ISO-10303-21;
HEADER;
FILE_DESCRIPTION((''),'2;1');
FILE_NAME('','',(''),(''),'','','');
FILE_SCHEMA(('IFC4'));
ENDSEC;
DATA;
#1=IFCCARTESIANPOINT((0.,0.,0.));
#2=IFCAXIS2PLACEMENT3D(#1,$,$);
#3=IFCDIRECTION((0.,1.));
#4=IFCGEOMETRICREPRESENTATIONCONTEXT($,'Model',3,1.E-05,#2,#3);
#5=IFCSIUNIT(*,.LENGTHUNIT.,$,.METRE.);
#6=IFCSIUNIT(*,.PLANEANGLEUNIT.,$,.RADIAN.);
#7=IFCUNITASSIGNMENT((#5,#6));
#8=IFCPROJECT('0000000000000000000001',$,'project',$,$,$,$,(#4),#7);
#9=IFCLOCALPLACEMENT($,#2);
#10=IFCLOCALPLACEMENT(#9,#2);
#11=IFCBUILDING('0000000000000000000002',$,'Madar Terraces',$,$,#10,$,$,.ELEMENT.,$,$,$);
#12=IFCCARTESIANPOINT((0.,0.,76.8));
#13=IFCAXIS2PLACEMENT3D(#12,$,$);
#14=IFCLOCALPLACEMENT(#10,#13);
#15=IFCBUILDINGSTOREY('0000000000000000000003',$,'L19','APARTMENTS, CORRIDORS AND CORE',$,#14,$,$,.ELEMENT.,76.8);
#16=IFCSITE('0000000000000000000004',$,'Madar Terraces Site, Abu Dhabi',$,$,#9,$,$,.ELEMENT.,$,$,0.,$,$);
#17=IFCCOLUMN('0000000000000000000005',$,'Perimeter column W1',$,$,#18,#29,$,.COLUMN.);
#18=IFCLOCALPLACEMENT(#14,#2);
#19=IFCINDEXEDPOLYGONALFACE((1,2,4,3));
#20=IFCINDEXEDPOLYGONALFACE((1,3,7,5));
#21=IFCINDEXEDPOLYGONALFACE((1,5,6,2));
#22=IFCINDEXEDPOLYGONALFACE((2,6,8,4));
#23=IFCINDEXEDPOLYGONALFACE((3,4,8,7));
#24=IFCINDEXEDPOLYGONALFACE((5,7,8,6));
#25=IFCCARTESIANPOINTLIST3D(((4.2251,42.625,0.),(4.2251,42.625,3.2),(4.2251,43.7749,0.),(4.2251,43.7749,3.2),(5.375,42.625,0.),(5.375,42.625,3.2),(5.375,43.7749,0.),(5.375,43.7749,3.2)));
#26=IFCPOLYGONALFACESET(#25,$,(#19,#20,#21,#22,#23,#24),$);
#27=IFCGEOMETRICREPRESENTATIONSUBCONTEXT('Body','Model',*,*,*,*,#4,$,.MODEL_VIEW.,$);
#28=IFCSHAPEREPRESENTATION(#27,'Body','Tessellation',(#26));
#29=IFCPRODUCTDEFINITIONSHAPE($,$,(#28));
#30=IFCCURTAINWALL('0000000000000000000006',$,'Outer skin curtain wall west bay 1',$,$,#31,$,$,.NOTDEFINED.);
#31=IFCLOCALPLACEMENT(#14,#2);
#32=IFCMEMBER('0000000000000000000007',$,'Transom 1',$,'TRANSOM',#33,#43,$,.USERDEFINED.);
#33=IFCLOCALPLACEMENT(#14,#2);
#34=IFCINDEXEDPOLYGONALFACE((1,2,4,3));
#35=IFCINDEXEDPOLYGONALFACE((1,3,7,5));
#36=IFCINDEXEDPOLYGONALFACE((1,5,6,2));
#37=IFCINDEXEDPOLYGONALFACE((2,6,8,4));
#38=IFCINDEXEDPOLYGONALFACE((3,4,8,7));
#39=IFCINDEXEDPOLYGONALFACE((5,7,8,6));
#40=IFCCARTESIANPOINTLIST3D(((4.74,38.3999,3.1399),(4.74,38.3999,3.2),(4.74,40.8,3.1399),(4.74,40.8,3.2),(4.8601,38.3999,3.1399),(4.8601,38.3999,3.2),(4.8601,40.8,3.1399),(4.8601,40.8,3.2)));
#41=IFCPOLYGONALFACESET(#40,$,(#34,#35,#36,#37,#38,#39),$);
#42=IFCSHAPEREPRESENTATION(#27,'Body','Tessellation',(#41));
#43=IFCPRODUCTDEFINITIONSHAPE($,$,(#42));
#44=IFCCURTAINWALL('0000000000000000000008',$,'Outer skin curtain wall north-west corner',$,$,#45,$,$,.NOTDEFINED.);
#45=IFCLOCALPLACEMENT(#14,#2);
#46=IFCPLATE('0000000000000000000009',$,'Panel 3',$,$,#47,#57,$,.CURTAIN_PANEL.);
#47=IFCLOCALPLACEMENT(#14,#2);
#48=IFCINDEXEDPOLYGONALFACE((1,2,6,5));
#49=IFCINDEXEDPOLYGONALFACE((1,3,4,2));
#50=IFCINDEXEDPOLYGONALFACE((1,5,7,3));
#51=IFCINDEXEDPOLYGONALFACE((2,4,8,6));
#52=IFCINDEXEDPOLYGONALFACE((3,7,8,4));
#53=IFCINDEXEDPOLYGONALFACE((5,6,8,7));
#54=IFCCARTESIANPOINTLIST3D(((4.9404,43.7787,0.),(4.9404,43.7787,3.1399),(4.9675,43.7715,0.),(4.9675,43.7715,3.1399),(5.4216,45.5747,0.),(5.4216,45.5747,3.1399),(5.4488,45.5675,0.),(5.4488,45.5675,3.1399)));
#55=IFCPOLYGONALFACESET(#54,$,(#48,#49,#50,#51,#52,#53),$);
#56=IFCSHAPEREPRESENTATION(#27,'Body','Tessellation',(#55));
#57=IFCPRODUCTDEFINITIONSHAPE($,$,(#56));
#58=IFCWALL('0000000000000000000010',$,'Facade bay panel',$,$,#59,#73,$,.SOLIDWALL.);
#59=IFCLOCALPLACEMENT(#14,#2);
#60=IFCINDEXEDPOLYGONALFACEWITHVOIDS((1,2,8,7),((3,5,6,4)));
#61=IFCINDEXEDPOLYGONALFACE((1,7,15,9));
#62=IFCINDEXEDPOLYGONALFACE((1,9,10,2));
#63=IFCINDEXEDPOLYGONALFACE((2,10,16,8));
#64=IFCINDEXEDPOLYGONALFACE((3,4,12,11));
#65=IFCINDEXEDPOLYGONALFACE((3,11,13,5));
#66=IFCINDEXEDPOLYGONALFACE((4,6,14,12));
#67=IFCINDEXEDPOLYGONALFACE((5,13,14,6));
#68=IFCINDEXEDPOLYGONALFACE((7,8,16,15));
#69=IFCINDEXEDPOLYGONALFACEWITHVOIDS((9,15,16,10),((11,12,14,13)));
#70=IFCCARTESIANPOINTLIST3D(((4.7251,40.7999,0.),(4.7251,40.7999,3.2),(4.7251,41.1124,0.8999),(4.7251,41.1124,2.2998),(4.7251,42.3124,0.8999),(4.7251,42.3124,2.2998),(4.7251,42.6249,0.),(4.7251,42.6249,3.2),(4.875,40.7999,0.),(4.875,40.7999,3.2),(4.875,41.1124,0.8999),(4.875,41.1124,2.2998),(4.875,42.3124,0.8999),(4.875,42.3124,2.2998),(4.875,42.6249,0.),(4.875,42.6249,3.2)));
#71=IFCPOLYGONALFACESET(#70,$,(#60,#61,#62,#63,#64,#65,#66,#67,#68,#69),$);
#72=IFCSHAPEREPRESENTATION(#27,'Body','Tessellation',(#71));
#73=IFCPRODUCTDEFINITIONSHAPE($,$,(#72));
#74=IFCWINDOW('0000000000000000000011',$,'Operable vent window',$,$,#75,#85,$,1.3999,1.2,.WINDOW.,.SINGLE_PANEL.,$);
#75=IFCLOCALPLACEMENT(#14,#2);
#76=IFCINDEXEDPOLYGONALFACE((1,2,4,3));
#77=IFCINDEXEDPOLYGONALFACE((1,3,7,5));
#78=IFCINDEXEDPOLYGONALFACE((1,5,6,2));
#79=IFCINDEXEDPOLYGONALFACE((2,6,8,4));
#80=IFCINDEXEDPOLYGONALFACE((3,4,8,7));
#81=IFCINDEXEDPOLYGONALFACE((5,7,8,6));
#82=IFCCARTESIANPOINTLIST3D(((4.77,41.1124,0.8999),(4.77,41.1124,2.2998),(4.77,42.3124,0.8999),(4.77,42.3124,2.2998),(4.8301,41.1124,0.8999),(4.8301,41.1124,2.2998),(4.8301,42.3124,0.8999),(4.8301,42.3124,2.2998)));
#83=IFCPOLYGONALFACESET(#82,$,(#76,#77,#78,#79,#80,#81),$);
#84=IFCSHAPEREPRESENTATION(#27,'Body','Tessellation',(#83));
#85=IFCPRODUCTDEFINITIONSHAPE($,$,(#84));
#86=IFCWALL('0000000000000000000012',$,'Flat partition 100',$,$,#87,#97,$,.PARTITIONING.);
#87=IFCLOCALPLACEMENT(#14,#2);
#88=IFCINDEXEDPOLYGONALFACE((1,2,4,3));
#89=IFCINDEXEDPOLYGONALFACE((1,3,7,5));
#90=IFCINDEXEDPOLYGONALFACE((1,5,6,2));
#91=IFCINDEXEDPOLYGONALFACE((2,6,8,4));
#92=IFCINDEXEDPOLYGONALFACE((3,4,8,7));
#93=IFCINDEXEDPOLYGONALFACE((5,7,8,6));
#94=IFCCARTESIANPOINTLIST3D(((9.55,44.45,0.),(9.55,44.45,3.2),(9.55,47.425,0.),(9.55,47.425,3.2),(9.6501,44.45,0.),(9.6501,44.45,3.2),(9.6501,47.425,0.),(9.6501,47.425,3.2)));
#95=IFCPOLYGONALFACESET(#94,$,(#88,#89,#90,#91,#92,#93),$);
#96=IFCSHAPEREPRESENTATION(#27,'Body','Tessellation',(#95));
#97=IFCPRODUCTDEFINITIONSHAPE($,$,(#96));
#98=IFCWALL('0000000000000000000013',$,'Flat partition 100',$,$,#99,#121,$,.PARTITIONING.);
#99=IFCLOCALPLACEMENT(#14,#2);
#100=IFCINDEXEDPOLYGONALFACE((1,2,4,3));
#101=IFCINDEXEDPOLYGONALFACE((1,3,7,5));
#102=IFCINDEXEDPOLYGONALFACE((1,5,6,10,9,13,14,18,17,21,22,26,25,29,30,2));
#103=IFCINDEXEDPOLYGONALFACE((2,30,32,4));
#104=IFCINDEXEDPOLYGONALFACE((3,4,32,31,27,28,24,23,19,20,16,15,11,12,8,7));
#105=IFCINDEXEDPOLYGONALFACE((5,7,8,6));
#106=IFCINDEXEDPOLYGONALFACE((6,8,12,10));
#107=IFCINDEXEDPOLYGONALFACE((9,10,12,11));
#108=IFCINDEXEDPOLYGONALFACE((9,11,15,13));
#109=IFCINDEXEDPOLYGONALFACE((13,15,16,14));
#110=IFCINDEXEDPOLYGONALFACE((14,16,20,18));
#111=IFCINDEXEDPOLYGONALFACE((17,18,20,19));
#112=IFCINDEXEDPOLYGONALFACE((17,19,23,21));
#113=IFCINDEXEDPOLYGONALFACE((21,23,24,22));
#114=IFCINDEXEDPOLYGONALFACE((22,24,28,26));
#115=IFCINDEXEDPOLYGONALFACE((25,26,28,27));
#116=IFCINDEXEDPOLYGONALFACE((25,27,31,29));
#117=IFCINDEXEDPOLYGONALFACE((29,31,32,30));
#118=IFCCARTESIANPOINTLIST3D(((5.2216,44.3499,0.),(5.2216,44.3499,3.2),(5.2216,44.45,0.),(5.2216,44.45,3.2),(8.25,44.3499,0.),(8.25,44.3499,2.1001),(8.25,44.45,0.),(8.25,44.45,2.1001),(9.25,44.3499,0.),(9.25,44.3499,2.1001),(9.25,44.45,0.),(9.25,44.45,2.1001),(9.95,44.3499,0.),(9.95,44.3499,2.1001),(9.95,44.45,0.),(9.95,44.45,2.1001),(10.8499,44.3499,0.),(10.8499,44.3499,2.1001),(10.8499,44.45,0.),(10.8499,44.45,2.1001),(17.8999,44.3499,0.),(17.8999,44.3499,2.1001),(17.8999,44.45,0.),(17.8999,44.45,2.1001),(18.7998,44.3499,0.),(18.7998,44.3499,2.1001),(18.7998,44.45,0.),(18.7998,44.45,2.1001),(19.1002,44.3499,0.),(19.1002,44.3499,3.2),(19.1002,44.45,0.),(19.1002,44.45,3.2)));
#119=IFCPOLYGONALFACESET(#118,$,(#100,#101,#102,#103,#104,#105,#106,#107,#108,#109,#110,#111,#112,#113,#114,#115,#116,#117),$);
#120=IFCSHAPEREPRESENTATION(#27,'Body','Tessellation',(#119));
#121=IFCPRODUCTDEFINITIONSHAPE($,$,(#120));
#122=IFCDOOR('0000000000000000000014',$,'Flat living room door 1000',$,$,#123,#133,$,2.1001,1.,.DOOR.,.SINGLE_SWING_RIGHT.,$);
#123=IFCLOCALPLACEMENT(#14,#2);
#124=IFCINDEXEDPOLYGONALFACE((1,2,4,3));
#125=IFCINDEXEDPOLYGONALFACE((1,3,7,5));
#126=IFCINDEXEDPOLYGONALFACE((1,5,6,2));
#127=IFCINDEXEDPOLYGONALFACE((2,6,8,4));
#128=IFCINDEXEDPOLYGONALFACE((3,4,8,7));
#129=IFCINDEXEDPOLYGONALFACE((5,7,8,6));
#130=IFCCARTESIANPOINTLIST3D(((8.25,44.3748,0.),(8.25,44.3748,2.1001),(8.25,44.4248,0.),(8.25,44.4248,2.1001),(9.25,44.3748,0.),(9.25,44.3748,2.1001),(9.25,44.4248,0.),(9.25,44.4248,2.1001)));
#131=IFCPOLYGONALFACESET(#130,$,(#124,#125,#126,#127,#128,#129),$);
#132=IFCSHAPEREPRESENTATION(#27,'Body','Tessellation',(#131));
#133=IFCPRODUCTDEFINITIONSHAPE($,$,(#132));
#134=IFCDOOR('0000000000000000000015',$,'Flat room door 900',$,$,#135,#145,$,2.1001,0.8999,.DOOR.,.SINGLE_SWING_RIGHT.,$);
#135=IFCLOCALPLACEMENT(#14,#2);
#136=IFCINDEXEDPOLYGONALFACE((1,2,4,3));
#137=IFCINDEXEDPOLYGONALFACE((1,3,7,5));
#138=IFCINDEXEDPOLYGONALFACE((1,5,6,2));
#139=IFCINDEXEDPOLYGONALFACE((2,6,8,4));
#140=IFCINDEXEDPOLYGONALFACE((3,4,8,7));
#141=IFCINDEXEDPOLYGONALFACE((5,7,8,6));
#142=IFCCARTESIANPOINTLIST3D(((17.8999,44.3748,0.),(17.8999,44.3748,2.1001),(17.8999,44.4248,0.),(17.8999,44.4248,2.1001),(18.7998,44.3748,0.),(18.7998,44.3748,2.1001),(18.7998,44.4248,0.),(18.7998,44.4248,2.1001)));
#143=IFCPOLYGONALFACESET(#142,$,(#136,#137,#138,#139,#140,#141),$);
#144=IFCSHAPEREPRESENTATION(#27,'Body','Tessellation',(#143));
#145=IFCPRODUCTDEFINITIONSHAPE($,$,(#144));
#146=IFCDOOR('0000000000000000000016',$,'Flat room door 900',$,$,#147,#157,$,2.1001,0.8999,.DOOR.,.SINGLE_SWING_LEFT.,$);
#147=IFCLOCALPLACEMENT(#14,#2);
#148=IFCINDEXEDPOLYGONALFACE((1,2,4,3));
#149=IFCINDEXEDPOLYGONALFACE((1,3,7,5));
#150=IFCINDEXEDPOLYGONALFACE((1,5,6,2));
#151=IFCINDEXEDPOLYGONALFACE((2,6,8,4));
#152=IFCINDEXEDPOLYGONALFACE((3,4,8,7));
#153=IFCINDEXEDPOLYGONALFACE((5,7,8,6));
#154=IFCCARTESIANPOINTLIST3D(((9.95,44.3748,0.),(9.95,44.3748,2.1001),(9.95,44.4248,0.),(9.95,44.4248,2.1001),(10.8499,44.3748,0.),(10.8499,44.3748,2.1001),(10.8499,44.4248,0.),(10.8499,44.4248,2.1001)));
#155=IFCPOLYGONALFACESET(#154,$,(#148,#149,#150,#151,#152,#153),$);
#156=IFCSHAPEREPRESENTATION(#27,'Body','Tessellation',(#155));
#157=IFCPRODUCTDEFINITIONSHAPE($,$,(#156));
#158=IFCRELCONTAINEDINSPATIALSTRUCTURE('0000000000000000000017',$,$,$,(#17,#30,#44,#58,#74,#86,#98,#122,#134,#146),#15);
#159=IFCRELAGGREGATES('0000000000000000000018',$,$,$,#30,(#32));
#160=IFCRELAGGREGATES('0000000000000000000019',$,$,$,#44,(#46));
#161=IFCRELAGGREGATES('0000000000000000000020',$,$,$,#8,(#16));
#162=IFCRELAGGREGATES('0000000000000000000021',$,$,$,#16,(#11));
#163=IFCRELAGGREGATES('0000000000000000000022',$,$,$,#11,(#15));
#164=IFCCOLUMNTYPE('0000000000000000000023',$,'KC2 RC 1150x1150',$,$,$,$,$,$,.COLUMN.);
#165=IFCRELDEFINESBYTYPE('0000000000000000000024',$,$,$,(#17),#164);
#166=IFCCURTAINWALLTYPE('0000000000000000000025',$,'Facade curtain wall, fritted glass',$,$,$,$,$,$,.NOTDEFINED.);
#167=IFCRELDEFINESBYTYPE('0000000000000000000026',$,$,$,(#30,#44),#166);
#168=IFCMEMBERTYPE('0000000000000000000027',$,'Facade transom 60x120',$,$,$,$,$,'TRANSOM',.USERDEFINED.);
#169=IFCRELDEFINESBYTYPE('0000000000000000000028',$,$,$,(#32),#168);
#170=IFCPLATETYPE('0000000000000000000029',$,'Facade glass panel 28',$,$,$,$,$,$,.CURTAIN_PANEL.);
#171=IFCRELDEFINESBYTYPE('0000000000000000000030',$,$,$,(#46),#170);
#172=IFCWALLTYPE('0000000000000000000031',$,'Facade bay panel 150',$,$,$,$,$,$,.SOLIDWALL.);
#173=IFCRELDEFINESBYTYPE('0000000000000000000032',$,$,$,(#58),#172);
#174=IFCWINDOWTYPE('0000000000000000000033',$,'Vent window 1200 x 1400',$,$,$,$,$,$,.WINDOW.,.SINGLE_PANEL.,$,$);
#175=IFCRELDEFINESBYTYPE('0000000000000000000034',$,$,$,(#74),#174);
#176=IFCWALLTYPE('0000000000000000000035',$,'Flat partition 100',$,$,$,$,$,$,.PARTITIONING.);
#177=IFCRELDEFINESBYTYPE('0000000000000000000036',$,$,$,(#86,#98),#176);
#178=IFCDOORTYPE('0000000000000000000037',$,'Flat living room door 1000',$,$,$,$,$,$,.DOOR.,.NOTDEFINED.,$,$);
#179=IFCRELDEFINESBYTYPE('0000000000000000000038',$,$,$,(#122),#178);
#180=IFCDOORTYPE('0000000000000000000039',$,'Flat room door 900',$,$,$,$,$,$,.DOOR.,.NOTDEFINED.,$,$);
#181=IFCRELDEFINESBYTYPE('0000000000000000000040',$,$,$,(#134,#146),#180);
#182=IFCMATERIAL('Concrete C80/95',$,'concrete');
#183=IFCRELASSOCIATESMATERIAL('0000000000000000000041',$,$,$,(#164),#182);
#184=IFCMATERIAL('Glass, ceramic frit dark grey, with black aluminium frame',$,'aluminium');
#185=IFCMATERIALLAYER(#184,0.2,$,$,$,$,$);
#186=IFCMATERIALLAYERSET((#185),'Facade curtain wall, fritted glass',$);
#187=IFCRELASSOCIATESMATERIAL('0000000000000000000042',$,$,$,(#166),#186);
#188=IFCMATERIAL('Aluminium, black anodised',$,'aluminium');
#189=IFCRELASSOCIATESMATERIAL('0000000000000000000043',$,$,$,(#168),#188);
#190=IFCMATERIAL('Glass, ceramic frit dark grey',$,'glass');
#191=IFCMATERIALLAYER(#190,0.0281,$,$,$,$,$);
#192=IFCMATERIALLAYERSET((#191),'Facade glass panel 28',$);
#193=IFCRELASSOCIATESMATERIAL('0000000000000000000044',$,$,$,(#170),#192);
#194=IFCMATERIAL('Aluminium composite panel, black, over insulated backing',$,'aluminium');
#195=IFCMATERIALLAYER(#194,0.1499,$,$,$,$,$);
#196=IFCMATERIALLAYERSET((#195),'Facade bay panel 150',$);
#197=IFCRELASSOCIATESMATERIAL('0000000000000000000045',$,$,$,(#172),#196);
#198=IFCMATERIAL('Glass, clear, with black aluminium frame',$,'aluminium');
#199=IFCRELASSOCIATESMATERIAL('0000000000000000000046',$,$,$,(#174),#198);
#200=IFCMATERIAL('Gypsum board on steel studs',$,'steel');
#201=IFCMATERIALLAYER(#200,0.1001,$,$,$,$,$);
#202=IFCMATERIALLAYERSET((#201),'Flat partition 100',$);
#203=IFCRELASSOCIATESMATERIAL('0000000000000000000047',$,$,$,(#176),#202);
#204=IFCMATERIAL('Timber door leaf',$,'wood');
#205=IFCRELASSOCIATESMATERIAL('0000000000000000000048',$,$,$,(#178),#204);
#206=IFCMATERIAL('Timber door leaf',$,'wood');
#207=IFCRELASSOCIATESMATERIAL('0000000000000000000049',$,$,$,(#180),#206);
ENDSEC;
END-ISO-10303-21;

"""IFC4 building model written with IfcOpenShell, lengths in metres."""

from ifc_helpers import new_model, si_unit, direction, frame, frame_2d, origin, origin_2d, place, context, subcontext, project, spatial, rectangle, extrude, material, layer, layer_set, material_profile, profile_set, type_object, element, fill, aggregate, save


model = new_model("IFC4")

# Units and contexts
model_context = context("Model", 3, precision=1e-05, world=origin(), true_north=direction((0.0, 1.0)))
body_context = subcontext(model_context, "Body", "Model", "MODEL_VIEW")
ifc_project = project(units=[si_unit("LENGTHUNIT", "METRE"), si_unit("PLANEANGLEUNIT", "RADIAN")], contexts=[model_context])

# Site, building, storey
site_placement = place(None, origin())
site = spatial("IfcSite", under=ifc_project, at=site_placement, Name="Madar Terraces Site, Abu Dhabi", CompositionType="ELEMENT", RefElevation=0.0)
building_placement = place(site_placement, origin())
building = spatial("IfcBuilding", under=site, at=building_placement, Name="Madar Terraces", CompositionType="ELEMENT")
storey_placement = place(building_placement, frame((0.0, 0.0, 76.8)))
storey = spatial("IfcBuildingStorey", under=building, at=storey_placement, Name="L19", Description="APARTMENTS, CORRIDORS AND CORE", CompositionType="ELEMENT", Elevation=76.8)

# Column
ifc_material_1 = material(Name="Concrete C80/95", Category="concrete")
ifc_material_profile_1 = material_profile(ifc_material_1, rectangle(XDim=1.1499, YDim=1.1499, at=origin_2d()), Name="KC2 RC 1150x1150")
ifc_profile_set_1 = profile_set([ifc_material_profile_1], Name="Concrete C80/95")
column_type = type_object("IfcColumnType", Name="KC2 RC 1150x1150", PredefinedType="COLUMN", material=ifc_profile_set_1)
column_placement = place(storey_placement, frame((4.8, 43.2, 0.0), z_axis=(0.0, 0.0, 1.0), x_axis=(1.0, 0.0, 0.0)))
element("IfcColumn", 1, at=column_placement, inside=storey, type_object=column_type, Name="Perimeter column W1", PredefinedType="COLUMN", context=body_context, shape_type="SweptSolid", body=[
    extrude(rectangle(XDim=1.1499, YDim=1.1499, at=origin_2d()), origin(), (0.0, 0.0, 1.0), 3.2),
])

# Curtain wall, member
ifc_material_2 = material(Name="Glass, ceramic frit dark grey, with black aluminium frame", Category="aluminium")
ifc_layer_1 = layer(ifc_material_2, 0.2)
ifc_layer_set_1 = layer_set([ifc_layer_1], Name="Facade curtain wall, fritted glass")
curtain_wall_type = type_object("IfcCurtainWallType", Name="Facade curtain wall, fritted glass", PredefinedType="NOTDEFINED", material=ifc_layer_set_1)
curtain_wall_1_placement = place(storey_placement, origin())
curtain_wall_1 = element("IfcCurtainWall", 2, at=curtain_wall_1_placement, inside=storey, type_object=curtain_wall_type, Name="Outer skin curtain wall west bay 1", PredefinedType="NOTDEFINED")
ifc_material_3 = material(Name="Aluminium, black anodised", Category="aluminium")
ifc_material_profile_2 = material_profile(ifc_material_3, rectangle(XDim=0.1201, YDim=0.0601, at=origin_2d()), Name="Facade transom 60x120")
ifc_profile_set_2 = profile_set([ifc_material_profile_2], Name="Aluminium, black anodised")
member_type = type_object("IfcMemberType", Name="Facade transom 60x120", ElementType="TRANSOM", PredefinedType="USERDEFINED", material=ifc_profile_set_2)
member_placement = place(storey_placement, frame((4.8, 40.8, 3.1699), z_axis=(0.0, -1.0, 0.0), x_axis=(1.0, 0.0, 0.0)))
member = element("IfcMember", 3, at=member_placement, type_object=member_type, Name="Transom 1", ObjectType="TRANSOM", PredefinedType="USERDEFINED", context=body_context, shape_type="SweptSolid", body=[
    extrude(rectangle(XDim=0.1201, YDim=0.0601, at=origin_2d()), origin(), (0.0, 0.0, 1.0), 2.4001),
])
aggregate(curtain_wall_1, [member])

# Curtain wall, plate
curtain_wall_2_placement = place(storey_placement, origin())
curtain_wall_2 = element("IfcCurtainWall", 4, at=curtain_wall_2_placement, inside=storey, type_object=curtain_wall_type, Name="Outer skin curtain wall north-west corner", PredefinedType="NOTDEFINED")
ifc_material_4 = material(Name="Glass, ceramic frit dark grey", Category="glass")
ifc_layer_2 = layer(ifc_material_4, 0.0281)
ifc_layer_set_2 = layer_set([ifc_layer_2], Name="Facade glass panel 28")
plate_type = type_object("IfcPlateType", Name="Facade glass panel 28", PredefinedType="CURTAIN_PANEL", material=ifc_layer_set_2)
plate_placement = place(storey_placement, frame((5.1946, 44.6731, 0.0), z_axis=(0.0, 0.0, 1.0), x_axis=(-0.258819, -0.965926, 0.0)))
plate = element("IfcPlate", 5, at=plate_placement, type_object=plate_type, Name="Panel 3", PredefinedType="CURTAIN_PANEL", context=body_context, shape_type="SweptSolid", body=[
    extrude(rectangle(XDim=1.8594, YDim=0.0281, at=origin_2d()), origin(), (0.0, 0.0, 1.0), 3.1399),
])
aggregate(curtain_wall_2, [plate])

# Wall, opening, window
ifc_material_5 = material(Name="Aluminium composite panel, black, over insulated backing", Category="aluminium")
ifc_layer_3 = layer(ifc_material_5, 0.1499)
ifc_layer_set_3 = layer_set([ifc_layer_3], Name="Facade bay panel 150")
wall_type_1 = type_object("IfcWallType", Name="Facade bay panel 150", PredefinedType="SOLIDWALL", material=ifc_layer_set_3)
wall_1_placement = place(storey_placement, frame((4.8, 42.625, 0.0), z_axis=(0.0, 0.0, 1.0), x_axis=(0.0, -1.0, 0.0)))
wall_1 = element("IfcWall", 6, at=wall_1_placement, inside=storey, type_object=wall_type_1, Name="Facade bay panel", PredefinedType="SOLIDWALL", context=body_context, shape_type="SweptSolid", body=[
    extrude(rectangle(XDim=1.825, YDim=0.1499, at=frame_2d((0.9126, 0.0))), origin(), (0.0, 0.0, 1.0), 3.2),
])
opening_1_placement = place(wall_1_placement, frame((0.3125, 0.0, 0.8999)))
opening_1 = element("IfcOpeningElement", 7, at=opening_1_placement, cuts=wall_1, PredefinedType="OPENING", context=body_context, shape_type="SweptSolid", body=[
    extrude(rectangle(XDim=1.2, YDim=1.3999, at=frame_2d((0.6001, 0.7))), frame((0.0, 0.085, 0.0), z_axis=(0.0, -1.0, 0.0), x_axis=(1.0, 0.0, 0.0)), (0.0, 0.0, 1.0), 0.1699),
])
ifc_material_6 = material(Name="Glass, clear, with black aluminium frame", Category="aluminium")
window_type = type_object("IfcWindowType", Name="Vent window 1200 x 1400", PartitioningType="SINGLE_PANEL", PredefinedType="WINDOW", material=ifc_material_6)
window_placement = place(opening_1_placement, origin())
window = element("IfcWindow", 8, at=window_placement, inside=storey, type_object=window_type, Name="Operable vent window", OverallHeight=1.3999, OverallWidth=1.2, PartitioningType="SINGLE_PANEL", PredefinedType="WINDOW", context=body_context, shape_type="SweptSolid", body=[
    extrude(rectangle(XDim=1.2, YDim=1.3999, at=frame_2d((0.6001, 0.7))), frame((0.0, 0.03, 0.0), z_axis=(0.0, -1.0, 0.0), x_axis=(1.0, 0.0, 0.0)), (0.0, 0.0, 1.0), 0.0601),
])
fill(opening_1, window)

# Wall
ifc_material_7 = material(Name="Gypsum board on steel studs", Category="steel")
ifc_layer_4 = layer(ifc_material_7, 0.1001)
ifc_layer_set_4 = layer_set([ifc_layer_4], Name="Flat partition 100")
wall_type_2 = type_object("IfcWallType", Name="Flat partition 100", PredefinedType="PARTITIONING", material=ifc_layer_set_4)
wall_2_placement = place(storey_placement, frame((9.6001, 44.45, 0.0), z_axis=(0.0, 0.0, 1.0), x_axis=(0.0, 1.0, 0.0)))
element("IfcWall", 9, at=wall_2_placement, inside=storey, type_object=wall_type_2, Name="Flat partition 100", PredefinedType="PARTITIONING", context=body_context, shape_type="SweptSolid", body=[
    extrude(rectangle(XDim=2.9751, YDim=0.1001, at=frame_2d((1.4875, 0.0))), origin(), (0.0, 0.0, 1.0), 3.2),
])

# Wall, openings, doors
wall_3_placement = place(storey_placement, frame((5.2214, 44.3999, 0.0), z_axis=(0.0, 0.0, 1.0), x_axis=(1.0, 0.0, 0.0)))
wall_3 = element("IfcWall", 10, at=wall_3_placement, inside=storey, type_object=wall_type_2, Name="Flat partition 100", PredefinedType="PARTITIONING", context=body_context, shape_type="SweptSolid", body=[
    extrude(rectangle(XDim=13.8787, YDim=0.1001, at=frame_2d((6.9395, 0.0))), origin(), (0.0, 0.0, 1.0), 3.2),
])
opening_2_placement = place(wall_3_placement, frame((12.6785, 0.0, 0.0)))
opening_2 = element("IfcOpeningElement", 11, at=opening_2_placement, cuts=wall_3, PredefinedType="OPENING", context=body_context, shape_type="SweptSolid", body=[
    extrude(rectangle(XDim=0.8999, YDim=2.1001, at=frame_2d((0.45, 1.05))), frame((0.0, 0.0601, 0.0), z_axis=(0.0, -1.0, 0.0), x_axis=(1.0, 0.0, 0.0)), (0.0, 0.0, 1.0), 0.1201),
])
opening_3_placement = place(wall_3_placement, frame((4.7285, 0.0, 0.0)))
opening_3 = element("IfcOpeningElement", 12, at=opening_3_placement, cuts=wall_3, PredefinedType="OPENING", context=body_context, shape_type="SweptSolid", body=[
    extrude(rectangle(XDim=0.8999, YDim=2.1001, at=frame_2d((0.45, 1.05))), frame((0.0, 0.0601, 0.0), z_axis=(0.0, -1.0, 0.0), x_axis=(1.0, 0.0, 0.0)), (0.0, 0.0, 1.0), 0.1201),
])
opening_4_placement = place(wall_3_placement, frame((3.0286, 0.0, 0.0)))
opening_4 = element("IfcOpeningElement", 13, at=opening_4_placement, cuts=wall_3, PredefinedType="OPENING", context=body_context, shape_type="SweptSolid", body=[
    extrude(rectangle(XDim=1.0, YDim=2.1001, at=frame_2d((0.5, 1.05))), frame((0.0, 0.0601, 0.0), z_axis=(0.0, -1.0, 0.0), x_axis=(1.0, 0.0, 0.0)), (0.0, 0.0, 1.0), 0.1201),
])
ifc_material_8 = material(Name="Timber door leaf", Category="wood")
door_type_1 = type_object("IfcDoorType", Name="Flat living room door 1000", OperationType="NOTDEFINED", PredefinedType="DOOR", material=ifc_material_8)
door_1_placement = place(opening_4_placement, origin())
door_1 = element("IfcDoor", 14, at=door_1_placement, inside=storey, type_object=door_type_1, Name="Flat living room door 1000", OperationType="SINGLE_SWING_RIGHT", OverallHeight=2.1001, OverallWidth=1.0, PredefinedType="DOOR", context=body_context, shape_type="SweptSolid", body=[
    extrude(rectangle(XDim=1.0, YDim=2.1001, at=frame_2d((0.5, 1.05))), frame((0.0, 0.0249, 0.0), z_axis=(0.0, -1.0, 0.0), x_axis=(1.0, 0.0, 0.0)), (0.0, 0.0, 1.0), 0.05),
])
fill(opening_4, door_1)
ifc_material_9 = material(Name="Timber door leaf", Category="wood")
door_type_2 = type_object("IfcDoorType", Name="Flat room door 900", OperationType="NOTDEFINED", PredefinedType="DOOR", material=ifc_material_9)
door_2_placement = place(opening_2_placement, origin())
door_2 = element("IfcDoor", 15, at=door_2_placement, inside=storey, type_object=door_type_2, Name="Flat room door 900", OperationType="SINGLE_SWING_RIGHT", OverallHeight=2.1001, OverallWidth=0.8999, PredefinedType="DOOR", context=body_context, shape_type="SweptSolid", body=[
    extrude(rectangle(XDim=0.8999, YDim=2.1001, at=frame_2d((0.45, 1.05))), frame((0.0, 0.0249, 0.0), z_axis=(0.0, -1.0, 0.0), x_axis=(1.0, 0.0, 0.0)), (0.0, 0.0, 1.0), 0.05),
])
fill(opening_2, door_2)
door_3_placement = place(opening_3_placement, origin())
door_3 = element("IfcDoor", 16, at=door_3_placement, inside=storey, type_object=door_type_2, Name="Flat room door 900", OperationType="SINGLE_SWING_LEFT", OverallHeight=2.1001, OverallWidth=0.8999, PredefinedType="DOOR", context=body_context, shape_type="SweptSolid", body=[
    extrude(rectangle(XDim=0.8999, YDim=2.1001, at=frame_2d((0.45, 1.05))), frame((0.0, 0.0249, 0.0), z_axis=(0.0, -1.0, 0.0), x_axis=(1.0, 0.0, 0.0)), (0.0, 0.0, 1.0), 0.05),
])
fill(opening_3, door_3)

save(model, "model.ifc")
